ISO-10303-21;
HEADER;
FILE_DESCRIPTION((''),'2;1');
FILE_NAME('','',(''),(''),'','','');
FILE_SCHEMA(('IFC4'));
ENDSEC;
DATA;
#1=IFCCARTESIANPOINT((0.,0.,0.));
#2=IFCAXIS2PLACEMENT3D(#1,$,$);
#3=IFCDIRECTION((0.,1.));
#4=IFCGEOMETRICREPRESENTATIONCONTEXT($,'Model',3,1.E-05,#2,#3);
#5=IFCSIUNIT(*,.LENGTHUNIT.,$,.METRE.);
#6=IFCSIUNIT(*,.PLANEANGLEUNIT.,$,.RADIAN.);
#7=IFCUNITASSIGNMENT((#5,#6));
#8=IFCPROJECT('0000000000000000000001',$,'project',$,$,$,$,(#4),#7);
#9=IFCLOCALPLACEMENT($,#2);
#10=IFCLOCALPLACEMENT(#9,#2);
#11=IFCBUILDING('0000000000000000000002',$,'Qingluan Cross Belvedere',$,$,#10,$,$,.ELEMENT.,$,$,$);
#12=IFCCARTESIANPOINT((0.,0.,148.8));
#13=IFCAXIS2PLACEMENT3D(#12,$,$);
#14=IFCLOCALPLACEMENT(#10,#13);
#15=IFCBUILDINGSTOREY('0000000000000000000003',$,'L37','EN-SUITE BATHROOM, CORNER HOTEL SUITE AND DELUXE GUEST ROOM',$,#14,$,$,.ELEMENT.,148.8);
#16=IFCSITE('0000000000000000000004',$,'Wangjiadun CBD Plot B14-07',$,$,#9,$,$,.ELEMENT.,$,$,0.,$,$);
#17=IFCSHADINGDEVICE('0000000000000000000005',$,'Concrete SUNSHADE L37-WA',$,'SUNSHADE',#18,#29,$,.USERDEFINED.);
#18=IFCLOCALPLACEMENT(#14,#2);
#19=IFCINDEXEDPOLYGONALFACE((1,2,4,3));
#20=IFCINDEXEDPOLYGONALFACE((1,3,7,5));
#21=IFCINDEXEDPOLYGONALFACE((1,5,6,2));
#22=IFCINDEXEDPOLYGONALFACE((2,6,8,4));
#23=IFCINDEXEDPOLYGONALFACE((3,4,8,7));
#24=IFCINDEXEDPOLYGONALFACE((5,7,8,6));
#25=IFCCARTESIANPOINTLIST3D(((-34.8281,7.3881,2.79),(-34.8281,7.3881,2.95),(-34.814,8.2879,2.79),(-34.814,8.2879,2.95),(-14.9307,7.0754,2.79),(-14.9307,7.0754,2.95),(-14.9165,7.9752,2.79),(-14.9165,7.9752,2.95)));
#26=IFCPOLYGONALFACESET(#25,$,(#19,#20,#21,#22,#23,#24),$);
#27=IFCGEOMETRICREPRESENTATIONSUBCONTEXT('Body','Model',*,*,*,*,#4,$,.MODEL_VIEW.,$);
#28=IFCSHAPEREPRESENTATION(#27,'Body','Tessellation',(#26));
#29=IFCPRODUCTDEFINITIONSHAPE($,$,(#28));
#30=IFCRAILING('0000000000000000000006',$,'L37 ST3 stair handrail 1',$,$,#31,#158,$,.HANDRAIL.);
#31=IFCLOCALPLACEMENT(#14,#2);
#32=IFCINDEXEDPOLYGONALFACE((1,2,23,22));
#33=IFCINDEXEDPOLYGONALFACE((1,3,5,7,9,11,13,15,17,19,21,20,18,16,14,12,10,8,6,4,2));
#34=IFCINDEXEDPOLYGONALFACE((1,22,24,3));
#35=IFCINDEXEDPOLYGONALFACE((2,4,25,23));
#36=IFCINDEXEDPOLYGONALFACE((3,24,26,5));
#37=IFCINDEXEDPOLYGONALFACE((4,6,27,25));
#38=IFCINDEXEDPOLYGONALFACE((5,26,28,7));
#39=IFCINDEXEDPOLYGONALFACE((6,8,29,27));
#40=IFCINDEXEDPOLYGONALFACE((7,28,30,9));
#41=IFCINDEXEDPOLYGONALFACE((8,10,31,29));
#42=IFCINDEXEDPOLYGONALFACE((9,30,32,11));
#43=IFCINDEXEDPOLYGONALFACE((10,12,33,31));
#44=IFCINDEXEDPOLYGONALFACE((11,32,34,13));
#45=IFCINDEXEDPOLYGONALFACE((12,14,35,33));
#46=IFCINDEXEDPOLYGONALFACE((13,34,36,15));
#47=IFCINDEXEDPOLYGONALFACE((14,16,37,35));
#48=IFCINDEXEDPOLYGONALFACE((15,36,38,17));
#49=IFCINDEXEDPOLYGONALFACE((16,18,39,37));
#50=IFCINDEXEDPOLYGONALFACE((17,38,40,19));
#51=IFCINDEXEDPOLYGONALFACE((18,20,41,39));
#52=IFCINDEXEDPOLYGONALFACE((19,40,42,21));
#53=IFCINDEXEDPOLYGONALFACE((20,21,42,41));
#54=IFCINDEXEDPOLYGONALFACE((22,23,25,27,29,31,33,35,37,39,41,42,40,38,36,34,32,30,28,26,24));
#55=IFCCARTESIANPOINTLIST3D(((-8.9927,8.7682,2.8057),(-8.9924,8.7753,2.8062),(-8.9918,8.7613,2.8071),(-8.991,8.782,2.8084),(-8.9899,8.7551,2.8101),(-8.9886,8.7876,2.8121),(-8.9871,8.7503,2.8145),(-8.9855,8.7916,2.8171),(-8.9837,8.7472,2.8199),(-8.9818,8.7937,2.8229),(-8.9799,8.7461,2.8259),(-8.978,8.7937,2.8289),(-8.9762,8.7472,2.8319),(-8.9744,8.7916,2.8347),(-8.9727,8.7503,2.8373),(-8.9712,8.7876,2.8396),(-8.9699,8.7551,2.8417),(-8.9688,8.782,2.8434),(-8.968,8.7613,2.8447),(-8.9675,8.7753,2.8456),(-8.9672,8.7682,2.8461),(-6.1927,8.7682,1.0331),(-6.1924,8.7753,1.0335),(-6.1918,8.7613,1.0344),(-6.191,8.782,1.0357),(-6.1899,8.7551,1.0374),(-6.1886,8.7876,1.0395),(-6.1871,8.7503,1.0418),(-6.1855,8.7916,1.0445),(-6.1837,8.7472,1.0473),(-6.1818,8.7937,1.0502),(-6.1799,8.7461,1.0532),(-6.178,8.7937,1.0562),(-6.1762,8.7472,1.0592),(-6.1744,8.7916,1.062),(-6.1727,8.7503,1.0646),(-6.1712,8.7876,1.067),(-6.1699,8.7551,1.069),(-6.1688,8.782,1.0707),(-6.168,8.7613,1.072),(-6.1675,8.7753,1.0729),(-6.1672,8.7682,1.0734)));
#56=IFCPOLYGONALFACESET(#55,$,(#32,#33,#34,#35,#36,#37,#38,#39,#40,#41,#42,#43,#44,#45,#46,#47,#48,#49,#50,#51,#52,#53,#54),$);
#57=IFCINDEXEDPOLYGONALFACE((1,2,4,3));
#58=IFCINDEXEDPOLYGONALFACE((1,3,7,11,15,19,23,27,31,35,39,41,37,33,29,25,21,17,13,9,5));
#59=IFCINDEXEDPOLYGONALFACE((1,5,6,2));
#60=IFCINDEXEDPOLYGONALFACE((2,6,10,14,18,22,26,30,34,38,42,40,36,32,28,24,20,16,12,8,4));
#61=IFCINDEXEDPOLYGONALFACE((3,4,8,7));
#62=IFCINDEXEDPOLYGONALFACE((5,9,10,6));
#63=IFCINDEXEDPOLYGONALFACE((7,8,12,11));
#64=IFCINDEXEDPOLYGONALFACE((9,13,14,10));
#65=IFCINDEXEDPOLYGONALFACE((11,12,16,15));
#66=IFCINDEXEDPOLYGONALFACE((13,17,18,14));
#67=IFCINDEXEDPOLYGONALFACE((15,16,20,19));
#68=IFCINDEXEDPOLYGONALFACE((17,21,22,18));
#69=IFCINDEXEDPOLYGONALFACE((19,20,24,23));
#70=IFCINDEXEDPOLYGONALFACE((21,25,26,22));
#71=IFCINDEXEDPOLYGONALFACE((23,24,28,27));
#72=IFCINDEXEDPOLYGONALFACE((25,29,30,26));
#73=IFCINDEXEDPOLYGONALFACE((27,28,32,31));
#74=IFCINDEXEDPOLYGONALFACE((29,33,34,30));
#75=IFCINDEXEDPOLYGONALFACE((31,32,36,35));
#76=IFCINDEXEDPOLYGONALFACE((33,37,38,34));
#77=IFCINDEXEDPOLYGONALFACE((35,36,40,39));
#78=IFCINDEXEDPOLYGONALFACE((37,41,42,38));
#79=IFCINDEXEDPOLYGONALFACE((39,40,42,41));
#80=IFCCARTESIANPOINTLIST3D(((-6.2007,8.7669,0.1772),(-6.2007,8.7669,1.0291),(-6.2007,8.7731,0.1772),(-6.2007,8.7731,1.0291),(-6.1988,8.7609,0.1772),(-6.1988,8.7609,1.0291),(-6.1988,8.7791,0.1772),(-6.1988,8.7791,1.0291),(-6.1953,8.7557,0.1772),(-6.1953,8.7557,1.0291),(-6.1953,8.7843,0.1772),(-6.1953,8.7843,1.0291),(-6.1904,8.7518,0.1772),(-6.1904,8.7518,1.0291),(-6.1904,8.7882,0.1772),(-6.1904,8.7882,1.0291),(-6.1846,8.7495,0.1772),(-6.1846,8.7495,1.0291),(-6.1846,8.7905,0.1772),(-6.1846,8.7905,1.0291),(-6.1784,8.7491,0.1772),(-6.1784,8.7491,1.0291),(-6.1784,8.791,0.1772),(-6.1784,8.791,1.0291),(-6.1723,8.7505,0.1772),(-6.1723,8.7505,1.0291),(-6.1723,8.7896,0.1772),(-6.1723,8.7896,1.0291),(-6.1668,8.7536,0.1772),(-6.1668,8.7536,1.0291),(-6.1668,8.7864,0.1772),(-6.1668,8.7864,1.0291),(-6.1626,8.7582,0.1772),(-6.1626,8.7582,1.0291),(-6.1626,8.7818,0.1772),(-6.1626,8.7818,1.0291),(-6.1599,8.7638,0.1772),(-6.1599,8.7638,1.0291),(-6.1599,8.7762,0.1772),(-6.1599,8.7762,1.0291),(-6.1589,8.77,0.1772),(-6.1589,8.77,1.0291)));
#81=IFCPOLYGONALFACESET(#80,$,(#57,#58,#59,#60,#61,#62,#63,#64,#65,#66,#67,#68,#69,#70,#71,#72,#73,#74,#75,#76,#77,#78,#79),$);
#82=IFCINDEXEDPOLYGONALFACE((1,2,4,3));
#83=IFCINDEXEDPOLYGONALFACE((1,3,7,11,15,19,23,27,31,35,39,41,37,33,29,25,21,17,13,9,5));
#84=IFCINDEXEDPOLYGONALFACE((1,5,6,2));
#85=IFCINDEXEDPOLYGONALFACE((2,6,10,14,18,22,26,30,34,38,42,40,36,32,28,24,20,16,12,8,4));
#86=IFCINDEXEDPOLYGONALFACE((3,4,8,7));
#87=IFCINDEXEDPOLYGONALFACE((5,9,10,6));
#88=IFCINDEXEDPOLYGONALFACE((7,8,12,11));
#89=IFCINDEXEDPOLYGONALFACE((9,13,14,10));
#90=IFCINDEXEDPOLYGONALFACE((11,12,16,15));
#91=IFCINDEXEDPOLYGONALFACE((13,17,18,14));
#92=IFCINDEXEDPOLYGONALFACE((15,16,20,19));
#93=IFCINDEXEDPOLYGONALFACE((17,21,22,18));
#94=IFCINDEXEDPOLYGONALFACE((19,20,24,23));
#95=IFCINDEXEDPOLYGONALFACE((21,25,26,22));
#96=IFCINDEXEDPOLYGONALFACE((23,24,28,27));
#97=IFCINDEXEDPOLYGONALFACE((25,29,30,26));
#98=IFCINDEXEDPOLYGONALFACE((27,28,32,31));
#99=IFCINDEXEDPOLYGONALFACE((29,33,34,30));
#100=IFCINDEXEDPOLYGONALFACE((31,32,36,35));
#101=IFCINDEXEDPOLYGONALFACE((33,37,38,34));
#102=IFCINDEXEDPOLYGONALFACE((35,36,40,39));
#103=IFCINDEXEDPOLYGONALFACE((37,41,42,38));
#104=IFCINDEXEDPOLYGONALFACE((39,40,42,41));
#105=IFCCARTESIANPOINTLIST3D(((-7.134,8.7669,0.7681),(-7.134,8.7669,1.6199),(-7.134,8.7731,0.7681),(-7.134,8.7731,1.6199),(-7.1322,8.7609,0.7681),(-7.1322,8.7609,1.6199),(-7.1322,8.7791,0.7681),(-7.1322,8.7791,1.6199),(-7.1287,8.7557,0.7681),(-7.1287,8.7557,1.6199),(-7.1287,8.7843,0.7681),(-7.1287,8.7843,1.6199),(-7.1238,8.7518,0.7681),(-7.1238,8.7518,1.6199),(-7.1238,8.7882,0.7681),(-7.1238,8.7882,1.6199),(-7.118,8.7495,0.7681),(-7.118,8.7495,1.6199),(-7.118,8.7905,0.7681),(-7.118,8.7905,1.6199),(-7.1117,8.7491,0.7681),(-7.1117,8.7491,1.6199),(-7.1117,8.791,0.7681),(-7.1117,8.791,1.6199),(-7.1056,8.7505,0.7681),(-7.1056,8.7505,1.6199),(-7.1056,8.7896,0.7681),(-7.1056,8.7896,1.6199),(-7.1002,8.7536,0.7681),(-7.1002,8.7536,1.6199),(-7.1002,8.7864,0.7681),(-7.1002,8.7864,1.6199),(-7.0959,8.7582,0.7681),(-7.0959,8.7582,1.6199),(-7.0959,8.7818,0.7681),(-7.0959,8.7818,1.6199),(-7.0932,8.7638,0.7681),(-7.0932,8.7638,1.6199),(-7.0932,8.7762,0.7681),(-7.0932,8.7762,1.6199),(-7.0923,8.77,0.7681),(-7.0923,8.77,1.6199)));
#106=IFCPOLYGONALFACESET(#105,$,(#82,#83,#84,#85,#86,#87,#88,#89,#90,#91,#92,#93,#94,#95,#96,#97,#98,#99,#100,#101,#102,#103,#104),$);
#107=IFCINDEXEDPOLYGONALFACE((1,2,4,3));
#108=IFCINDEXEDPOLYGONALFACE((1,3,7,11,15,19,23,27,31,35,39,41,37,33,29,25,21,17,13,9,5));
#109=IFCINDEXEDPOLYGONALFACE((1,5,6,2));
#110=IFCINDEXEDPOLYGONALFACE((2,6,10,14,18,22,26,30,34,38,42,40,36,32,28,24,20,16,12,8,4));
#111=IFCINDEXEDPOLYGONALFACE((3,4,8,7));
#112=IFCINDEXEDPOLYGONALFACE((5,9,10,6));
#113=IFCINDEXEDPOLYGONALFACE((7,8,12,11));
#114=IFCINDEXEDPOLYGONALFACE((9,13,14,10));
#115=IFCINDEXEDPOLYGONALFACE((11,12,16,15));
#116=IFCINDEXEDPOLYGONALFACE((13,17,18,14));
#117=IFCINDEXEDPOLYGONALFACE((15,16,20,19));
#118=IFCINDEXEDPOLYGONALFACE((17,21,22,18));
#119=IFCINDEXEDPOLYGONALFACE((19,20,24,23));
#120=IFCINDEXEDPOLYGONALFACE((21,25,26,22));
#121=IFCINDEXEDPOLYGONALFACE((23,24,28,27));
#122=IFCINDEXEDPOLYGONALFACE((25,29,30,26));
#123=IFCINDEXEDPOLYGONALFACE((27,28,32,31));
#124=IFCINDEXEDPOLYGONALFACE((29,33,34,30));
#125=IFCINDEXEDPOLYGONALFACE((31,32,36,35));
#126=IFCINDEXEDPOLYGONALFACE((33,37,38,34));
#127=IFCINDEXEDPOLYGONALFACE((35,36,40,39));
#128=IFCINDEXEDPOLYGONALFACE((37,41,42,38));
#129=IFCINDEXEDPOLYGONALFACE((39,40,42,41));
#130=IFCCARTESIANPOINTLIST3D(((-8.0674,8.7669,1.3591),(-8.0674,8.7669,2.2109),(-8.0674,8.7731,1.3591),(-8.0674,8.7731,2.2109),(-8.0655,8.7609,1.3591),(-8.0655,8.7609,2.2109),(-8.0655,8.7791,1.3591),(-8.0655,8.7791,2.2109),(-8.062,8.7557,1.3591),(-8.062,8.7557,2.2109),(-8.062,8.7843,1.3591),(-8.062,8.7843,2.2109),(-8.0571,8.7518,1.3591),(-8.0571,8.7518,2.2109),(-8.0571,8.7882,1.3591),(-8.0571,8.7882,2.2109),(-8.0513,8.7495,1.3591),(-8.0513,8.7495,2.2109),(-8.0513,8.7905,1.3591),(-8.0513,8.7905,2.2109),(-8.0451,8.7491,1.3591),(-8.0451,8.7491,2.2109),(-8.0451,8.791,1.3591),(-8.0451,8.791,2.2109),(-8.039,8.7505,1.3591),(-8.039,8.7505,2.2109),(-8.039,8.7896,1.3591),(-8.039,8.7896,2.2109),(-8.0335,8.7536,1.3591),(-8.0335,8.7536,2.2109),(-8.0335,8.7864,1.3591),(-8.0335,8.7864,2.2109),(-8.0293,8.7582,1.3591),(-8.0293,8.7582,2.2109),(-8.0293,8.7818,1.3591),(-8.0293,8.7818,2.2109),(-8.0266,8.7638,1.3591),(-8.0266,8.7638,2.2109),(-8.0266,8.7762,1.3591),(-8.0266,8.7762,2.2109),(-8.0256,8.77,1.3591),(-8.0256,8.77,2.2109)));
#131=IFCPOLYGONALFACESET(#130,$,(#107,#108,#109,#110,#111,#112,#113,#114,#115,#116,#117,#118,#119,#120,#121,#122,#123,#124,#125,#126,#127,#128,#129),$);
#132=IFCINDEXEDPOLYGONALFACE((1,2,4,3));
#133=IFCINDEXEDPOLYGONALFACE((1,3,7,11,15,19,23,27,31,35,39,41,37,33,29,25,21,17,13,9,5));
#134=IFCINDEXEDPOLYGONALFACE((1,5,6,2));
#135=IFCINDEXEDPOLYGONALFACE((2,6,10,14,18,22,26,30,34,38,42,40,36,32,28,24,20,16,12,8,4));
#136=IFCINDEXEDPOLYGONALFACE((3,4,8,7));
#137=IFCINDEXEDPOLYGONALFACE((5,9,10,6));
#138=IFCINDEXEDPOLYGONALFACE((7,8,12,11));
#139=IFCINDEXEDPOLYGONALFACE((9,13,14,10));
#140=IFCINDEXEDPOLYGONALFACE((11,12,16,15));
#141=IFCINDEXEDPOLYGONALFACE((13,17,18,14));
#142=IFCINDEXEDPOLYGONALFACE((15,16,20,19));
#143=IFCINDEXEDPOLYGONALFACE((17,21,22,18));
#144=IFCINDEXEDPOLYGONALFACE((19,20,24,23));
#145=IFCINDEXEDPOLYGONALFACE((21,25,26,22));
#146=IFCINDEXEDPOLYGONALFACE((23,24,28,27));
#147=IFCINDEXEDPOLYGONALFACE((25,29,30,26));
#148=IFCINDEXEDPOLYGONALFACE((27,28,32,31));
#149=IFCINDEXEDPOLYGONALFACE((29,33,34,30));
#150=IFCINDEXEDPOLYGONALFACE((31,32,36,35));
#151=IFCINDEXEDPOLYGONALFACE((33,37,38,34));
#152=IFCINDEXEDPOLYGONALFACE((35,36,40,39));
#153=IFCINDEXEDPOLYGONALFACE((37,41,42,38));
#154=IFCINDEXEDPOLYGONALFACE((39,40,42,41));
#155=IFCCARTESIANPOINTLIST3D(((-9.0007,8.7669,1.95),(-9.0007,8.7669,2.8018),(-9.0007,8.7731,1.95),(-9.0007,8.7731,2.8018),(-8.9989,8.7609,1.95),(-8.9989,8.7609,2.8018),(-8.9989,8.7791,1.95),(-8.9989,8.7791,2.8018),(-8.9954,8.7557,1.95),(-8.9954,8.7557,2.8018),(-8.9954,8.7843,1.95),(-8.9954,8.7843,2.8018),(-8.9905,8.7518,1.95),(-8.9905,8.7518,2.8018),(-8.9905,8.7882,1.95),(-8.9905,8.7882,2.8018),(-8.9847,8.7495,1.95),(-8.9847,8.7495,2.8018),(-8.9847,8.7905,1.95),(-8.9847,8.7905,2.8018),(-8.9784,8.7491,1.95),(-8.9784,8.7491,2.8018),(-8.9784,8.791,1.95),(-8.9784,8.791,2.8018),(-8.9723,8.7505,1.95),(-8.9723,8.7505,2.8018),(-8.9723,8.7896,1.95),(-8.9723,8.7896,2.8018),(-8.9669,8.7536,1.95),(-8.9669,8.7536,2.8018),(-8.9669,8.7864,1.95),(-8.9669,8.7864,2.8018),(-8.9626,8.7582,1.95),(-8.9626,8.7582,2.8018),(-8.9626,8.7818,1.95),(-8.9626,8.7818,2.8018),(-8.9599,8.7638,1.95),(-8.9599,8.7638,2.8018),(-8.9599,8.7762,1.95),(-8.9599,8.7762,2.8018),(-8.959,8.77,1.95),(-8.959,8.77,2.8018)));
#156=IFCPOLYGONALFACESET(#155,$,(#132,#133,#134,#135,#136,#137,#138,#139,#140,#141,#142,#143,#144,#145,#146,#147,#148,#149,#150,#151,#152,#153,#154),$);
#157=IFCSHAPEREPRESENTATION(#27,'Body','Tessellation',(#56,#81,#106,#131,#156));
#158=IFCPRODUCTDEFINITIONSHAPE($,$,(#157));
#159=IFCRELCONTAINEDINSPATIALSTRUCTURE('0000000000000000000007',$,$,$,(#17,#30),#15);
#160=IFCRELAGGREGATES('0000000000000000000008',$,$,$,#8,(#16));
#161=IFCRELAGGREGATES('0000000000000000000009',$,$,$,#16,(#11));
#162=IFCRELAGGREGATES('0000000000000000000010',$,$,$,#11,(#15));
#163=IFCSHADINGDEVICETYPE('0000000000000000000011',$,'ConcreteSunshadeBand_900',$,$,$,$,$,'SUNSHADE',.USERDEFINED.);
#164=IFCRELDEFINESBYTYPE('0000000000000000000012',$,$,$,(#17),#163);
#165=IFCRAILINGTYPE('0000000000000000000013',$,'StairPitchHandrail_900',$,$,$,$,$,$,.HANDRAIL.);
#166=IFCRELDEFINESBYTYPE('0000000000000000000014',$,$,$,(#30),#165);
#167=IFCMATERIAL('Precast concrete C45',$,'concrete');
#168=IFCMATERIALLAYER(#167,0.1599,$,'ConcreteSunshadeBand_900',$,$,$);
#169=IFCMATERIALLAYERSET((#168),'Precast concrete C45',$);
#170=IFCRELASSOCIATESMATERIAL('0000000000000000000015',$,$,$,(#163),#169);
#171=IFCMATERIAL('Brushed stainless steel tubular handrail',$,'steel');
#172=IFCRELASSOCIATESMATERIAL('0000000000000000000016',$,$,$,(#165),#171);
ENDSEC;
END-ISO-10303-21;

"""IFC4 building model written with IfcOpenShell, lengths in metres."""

from ifc_helpers import new_model, si_unit, direction, frame, origin, origin_2d, place, context, subcontext, project, spatial, rectangle, circle, extrude, material, layer, layer_set, type_object, element, save


model = new_model("IFC4")

# Units and contexts
model_context = context("Model", 3, precision=1e-05, world=origin(), true_north=direction((0.0, 1.0)))
body_context = subcontext(model_context, "Body", "Model", "MODEL_VIEW")
ifc_project = project(units=[si_unit("LENGTHUNIT", "METRE"), si_unit("PLANEANGLEUNIT", "RADIAN")], contexts=[model_context])

# Site, building, storey
site_placement = place(None, origin())
site = spatial("IfcSite", under=ifc_project, at=site_placement, Name="Wangjiadun CBD Plot B14-07", CompositionType="ELEMENT", RefElevation=0.0)
building_placement = place(site_placement, origin())
building = spatial("IfcBuilding", under=site, at=building_placement, Name="Qingluan Cross Belvedere", CompositionType="ELEMENT")
storey_placement = place(building_placement, frame((0.0, 0.0, 148.8)))
storey = spatial("IfcBuildingStorey", under=building, at=storey_placement, Name="L37", Description="EN-SUITE BATHROOM, CORNER HOTEL SUITE AND DELUXE GUEST ROOM", CompositionType="ELEMENT", Elevation=148.8)

# Shading device
ifc_material_1 = material(Name="Precast concrete C45", Category="concrete")
ifc_layer_1 = layer(ifc_material_1, 0.1599, Name="ConcreteSunshadeBand_900")
ifc_layer_set_1 = layer_set([ifc_layer_1], Name="Precast concrete C45")
shading_device_type = type_object("IfcShadingDeviceType", Name="ConcreteSunshadeBand_900", ElementType="SUNSHADE", PredefinedType="USERDEFINED", material=ifc_layer_set_1)
shading_device_placement = place(storey_placement, frame((-24.8723, 7.6816, 2.79), z_axis=(0.0, 0.0, 1.0), x_axis=(-0.999877, 0.015711, 0.0)))
element("IfcShadingDevice", 1, at=shading_device_placement, inside=storey, type_object=shading_device_type, Name="Concrete SUNSHADE L37-WA", ObjectType="SUNSHADE", PredefinedType="USERDEFINED", context=body_context, shape_type="SweptSolid", body=[
    extrude(rectangle(XDim=19.8999, YDim=0.8999, at=origin_2d()), origin(), (0.0, 0.0, 1.0), 0.1599),
])

# Railing
ifc_material_2 = material(Name="Brushed stainless steel tubular handrail", Category="steel")
railing_type_1 = type_object("IfcRailingType", Name="StairPitchHandrail_900", PredefinedType="HANDRAIL", material=ifc_material_2)
railing_1_placement = place(storey_placement, frame((-6.1799, 8.77, 0.1772)))
element("IfcRailing", 2, at=railing_1_placement, inside=storey, type_object=railing_type_1, Name="L37 ST3 stair handrail 1", PredefinedType="HANDRAIL", context=body_context, shape_type="SweptSolid", body=[
    extrude(circle(Radius=0.0239, at=origin_2d()), frame((0.0, 0.0, 0.876), z_axis=(-0.844909, 0.0, 0.53491), x_axis=(0.0, -1.0, 0.0)), (0.0, 0.0, 1.0), 3.314),
    extrude(circle(Radius=0.021, at=origin_2d()), origin(), (0.0, 0.0, 1.0), 0.8518),
    extrude(circle(Radius=0.021, at=origin_2d()), frame((-0.9333, 0.0, 0.5908)), (0.0, 0.0, 1.0), 0.8518),
    extrude(circle(Radius=0.021, at=origin_2d()), frame((-1.8667, 0.0, 1.1819)), (0.0, 0.0, 1.0), 0.8518),
    extrude(circle(Radius=0.021, at=origin_2d()), frame((-2.8, 0.0, 1.7727)), (0.0, 0.0, 1.0), 0.8518),
])

save(model, "model.ifc")
